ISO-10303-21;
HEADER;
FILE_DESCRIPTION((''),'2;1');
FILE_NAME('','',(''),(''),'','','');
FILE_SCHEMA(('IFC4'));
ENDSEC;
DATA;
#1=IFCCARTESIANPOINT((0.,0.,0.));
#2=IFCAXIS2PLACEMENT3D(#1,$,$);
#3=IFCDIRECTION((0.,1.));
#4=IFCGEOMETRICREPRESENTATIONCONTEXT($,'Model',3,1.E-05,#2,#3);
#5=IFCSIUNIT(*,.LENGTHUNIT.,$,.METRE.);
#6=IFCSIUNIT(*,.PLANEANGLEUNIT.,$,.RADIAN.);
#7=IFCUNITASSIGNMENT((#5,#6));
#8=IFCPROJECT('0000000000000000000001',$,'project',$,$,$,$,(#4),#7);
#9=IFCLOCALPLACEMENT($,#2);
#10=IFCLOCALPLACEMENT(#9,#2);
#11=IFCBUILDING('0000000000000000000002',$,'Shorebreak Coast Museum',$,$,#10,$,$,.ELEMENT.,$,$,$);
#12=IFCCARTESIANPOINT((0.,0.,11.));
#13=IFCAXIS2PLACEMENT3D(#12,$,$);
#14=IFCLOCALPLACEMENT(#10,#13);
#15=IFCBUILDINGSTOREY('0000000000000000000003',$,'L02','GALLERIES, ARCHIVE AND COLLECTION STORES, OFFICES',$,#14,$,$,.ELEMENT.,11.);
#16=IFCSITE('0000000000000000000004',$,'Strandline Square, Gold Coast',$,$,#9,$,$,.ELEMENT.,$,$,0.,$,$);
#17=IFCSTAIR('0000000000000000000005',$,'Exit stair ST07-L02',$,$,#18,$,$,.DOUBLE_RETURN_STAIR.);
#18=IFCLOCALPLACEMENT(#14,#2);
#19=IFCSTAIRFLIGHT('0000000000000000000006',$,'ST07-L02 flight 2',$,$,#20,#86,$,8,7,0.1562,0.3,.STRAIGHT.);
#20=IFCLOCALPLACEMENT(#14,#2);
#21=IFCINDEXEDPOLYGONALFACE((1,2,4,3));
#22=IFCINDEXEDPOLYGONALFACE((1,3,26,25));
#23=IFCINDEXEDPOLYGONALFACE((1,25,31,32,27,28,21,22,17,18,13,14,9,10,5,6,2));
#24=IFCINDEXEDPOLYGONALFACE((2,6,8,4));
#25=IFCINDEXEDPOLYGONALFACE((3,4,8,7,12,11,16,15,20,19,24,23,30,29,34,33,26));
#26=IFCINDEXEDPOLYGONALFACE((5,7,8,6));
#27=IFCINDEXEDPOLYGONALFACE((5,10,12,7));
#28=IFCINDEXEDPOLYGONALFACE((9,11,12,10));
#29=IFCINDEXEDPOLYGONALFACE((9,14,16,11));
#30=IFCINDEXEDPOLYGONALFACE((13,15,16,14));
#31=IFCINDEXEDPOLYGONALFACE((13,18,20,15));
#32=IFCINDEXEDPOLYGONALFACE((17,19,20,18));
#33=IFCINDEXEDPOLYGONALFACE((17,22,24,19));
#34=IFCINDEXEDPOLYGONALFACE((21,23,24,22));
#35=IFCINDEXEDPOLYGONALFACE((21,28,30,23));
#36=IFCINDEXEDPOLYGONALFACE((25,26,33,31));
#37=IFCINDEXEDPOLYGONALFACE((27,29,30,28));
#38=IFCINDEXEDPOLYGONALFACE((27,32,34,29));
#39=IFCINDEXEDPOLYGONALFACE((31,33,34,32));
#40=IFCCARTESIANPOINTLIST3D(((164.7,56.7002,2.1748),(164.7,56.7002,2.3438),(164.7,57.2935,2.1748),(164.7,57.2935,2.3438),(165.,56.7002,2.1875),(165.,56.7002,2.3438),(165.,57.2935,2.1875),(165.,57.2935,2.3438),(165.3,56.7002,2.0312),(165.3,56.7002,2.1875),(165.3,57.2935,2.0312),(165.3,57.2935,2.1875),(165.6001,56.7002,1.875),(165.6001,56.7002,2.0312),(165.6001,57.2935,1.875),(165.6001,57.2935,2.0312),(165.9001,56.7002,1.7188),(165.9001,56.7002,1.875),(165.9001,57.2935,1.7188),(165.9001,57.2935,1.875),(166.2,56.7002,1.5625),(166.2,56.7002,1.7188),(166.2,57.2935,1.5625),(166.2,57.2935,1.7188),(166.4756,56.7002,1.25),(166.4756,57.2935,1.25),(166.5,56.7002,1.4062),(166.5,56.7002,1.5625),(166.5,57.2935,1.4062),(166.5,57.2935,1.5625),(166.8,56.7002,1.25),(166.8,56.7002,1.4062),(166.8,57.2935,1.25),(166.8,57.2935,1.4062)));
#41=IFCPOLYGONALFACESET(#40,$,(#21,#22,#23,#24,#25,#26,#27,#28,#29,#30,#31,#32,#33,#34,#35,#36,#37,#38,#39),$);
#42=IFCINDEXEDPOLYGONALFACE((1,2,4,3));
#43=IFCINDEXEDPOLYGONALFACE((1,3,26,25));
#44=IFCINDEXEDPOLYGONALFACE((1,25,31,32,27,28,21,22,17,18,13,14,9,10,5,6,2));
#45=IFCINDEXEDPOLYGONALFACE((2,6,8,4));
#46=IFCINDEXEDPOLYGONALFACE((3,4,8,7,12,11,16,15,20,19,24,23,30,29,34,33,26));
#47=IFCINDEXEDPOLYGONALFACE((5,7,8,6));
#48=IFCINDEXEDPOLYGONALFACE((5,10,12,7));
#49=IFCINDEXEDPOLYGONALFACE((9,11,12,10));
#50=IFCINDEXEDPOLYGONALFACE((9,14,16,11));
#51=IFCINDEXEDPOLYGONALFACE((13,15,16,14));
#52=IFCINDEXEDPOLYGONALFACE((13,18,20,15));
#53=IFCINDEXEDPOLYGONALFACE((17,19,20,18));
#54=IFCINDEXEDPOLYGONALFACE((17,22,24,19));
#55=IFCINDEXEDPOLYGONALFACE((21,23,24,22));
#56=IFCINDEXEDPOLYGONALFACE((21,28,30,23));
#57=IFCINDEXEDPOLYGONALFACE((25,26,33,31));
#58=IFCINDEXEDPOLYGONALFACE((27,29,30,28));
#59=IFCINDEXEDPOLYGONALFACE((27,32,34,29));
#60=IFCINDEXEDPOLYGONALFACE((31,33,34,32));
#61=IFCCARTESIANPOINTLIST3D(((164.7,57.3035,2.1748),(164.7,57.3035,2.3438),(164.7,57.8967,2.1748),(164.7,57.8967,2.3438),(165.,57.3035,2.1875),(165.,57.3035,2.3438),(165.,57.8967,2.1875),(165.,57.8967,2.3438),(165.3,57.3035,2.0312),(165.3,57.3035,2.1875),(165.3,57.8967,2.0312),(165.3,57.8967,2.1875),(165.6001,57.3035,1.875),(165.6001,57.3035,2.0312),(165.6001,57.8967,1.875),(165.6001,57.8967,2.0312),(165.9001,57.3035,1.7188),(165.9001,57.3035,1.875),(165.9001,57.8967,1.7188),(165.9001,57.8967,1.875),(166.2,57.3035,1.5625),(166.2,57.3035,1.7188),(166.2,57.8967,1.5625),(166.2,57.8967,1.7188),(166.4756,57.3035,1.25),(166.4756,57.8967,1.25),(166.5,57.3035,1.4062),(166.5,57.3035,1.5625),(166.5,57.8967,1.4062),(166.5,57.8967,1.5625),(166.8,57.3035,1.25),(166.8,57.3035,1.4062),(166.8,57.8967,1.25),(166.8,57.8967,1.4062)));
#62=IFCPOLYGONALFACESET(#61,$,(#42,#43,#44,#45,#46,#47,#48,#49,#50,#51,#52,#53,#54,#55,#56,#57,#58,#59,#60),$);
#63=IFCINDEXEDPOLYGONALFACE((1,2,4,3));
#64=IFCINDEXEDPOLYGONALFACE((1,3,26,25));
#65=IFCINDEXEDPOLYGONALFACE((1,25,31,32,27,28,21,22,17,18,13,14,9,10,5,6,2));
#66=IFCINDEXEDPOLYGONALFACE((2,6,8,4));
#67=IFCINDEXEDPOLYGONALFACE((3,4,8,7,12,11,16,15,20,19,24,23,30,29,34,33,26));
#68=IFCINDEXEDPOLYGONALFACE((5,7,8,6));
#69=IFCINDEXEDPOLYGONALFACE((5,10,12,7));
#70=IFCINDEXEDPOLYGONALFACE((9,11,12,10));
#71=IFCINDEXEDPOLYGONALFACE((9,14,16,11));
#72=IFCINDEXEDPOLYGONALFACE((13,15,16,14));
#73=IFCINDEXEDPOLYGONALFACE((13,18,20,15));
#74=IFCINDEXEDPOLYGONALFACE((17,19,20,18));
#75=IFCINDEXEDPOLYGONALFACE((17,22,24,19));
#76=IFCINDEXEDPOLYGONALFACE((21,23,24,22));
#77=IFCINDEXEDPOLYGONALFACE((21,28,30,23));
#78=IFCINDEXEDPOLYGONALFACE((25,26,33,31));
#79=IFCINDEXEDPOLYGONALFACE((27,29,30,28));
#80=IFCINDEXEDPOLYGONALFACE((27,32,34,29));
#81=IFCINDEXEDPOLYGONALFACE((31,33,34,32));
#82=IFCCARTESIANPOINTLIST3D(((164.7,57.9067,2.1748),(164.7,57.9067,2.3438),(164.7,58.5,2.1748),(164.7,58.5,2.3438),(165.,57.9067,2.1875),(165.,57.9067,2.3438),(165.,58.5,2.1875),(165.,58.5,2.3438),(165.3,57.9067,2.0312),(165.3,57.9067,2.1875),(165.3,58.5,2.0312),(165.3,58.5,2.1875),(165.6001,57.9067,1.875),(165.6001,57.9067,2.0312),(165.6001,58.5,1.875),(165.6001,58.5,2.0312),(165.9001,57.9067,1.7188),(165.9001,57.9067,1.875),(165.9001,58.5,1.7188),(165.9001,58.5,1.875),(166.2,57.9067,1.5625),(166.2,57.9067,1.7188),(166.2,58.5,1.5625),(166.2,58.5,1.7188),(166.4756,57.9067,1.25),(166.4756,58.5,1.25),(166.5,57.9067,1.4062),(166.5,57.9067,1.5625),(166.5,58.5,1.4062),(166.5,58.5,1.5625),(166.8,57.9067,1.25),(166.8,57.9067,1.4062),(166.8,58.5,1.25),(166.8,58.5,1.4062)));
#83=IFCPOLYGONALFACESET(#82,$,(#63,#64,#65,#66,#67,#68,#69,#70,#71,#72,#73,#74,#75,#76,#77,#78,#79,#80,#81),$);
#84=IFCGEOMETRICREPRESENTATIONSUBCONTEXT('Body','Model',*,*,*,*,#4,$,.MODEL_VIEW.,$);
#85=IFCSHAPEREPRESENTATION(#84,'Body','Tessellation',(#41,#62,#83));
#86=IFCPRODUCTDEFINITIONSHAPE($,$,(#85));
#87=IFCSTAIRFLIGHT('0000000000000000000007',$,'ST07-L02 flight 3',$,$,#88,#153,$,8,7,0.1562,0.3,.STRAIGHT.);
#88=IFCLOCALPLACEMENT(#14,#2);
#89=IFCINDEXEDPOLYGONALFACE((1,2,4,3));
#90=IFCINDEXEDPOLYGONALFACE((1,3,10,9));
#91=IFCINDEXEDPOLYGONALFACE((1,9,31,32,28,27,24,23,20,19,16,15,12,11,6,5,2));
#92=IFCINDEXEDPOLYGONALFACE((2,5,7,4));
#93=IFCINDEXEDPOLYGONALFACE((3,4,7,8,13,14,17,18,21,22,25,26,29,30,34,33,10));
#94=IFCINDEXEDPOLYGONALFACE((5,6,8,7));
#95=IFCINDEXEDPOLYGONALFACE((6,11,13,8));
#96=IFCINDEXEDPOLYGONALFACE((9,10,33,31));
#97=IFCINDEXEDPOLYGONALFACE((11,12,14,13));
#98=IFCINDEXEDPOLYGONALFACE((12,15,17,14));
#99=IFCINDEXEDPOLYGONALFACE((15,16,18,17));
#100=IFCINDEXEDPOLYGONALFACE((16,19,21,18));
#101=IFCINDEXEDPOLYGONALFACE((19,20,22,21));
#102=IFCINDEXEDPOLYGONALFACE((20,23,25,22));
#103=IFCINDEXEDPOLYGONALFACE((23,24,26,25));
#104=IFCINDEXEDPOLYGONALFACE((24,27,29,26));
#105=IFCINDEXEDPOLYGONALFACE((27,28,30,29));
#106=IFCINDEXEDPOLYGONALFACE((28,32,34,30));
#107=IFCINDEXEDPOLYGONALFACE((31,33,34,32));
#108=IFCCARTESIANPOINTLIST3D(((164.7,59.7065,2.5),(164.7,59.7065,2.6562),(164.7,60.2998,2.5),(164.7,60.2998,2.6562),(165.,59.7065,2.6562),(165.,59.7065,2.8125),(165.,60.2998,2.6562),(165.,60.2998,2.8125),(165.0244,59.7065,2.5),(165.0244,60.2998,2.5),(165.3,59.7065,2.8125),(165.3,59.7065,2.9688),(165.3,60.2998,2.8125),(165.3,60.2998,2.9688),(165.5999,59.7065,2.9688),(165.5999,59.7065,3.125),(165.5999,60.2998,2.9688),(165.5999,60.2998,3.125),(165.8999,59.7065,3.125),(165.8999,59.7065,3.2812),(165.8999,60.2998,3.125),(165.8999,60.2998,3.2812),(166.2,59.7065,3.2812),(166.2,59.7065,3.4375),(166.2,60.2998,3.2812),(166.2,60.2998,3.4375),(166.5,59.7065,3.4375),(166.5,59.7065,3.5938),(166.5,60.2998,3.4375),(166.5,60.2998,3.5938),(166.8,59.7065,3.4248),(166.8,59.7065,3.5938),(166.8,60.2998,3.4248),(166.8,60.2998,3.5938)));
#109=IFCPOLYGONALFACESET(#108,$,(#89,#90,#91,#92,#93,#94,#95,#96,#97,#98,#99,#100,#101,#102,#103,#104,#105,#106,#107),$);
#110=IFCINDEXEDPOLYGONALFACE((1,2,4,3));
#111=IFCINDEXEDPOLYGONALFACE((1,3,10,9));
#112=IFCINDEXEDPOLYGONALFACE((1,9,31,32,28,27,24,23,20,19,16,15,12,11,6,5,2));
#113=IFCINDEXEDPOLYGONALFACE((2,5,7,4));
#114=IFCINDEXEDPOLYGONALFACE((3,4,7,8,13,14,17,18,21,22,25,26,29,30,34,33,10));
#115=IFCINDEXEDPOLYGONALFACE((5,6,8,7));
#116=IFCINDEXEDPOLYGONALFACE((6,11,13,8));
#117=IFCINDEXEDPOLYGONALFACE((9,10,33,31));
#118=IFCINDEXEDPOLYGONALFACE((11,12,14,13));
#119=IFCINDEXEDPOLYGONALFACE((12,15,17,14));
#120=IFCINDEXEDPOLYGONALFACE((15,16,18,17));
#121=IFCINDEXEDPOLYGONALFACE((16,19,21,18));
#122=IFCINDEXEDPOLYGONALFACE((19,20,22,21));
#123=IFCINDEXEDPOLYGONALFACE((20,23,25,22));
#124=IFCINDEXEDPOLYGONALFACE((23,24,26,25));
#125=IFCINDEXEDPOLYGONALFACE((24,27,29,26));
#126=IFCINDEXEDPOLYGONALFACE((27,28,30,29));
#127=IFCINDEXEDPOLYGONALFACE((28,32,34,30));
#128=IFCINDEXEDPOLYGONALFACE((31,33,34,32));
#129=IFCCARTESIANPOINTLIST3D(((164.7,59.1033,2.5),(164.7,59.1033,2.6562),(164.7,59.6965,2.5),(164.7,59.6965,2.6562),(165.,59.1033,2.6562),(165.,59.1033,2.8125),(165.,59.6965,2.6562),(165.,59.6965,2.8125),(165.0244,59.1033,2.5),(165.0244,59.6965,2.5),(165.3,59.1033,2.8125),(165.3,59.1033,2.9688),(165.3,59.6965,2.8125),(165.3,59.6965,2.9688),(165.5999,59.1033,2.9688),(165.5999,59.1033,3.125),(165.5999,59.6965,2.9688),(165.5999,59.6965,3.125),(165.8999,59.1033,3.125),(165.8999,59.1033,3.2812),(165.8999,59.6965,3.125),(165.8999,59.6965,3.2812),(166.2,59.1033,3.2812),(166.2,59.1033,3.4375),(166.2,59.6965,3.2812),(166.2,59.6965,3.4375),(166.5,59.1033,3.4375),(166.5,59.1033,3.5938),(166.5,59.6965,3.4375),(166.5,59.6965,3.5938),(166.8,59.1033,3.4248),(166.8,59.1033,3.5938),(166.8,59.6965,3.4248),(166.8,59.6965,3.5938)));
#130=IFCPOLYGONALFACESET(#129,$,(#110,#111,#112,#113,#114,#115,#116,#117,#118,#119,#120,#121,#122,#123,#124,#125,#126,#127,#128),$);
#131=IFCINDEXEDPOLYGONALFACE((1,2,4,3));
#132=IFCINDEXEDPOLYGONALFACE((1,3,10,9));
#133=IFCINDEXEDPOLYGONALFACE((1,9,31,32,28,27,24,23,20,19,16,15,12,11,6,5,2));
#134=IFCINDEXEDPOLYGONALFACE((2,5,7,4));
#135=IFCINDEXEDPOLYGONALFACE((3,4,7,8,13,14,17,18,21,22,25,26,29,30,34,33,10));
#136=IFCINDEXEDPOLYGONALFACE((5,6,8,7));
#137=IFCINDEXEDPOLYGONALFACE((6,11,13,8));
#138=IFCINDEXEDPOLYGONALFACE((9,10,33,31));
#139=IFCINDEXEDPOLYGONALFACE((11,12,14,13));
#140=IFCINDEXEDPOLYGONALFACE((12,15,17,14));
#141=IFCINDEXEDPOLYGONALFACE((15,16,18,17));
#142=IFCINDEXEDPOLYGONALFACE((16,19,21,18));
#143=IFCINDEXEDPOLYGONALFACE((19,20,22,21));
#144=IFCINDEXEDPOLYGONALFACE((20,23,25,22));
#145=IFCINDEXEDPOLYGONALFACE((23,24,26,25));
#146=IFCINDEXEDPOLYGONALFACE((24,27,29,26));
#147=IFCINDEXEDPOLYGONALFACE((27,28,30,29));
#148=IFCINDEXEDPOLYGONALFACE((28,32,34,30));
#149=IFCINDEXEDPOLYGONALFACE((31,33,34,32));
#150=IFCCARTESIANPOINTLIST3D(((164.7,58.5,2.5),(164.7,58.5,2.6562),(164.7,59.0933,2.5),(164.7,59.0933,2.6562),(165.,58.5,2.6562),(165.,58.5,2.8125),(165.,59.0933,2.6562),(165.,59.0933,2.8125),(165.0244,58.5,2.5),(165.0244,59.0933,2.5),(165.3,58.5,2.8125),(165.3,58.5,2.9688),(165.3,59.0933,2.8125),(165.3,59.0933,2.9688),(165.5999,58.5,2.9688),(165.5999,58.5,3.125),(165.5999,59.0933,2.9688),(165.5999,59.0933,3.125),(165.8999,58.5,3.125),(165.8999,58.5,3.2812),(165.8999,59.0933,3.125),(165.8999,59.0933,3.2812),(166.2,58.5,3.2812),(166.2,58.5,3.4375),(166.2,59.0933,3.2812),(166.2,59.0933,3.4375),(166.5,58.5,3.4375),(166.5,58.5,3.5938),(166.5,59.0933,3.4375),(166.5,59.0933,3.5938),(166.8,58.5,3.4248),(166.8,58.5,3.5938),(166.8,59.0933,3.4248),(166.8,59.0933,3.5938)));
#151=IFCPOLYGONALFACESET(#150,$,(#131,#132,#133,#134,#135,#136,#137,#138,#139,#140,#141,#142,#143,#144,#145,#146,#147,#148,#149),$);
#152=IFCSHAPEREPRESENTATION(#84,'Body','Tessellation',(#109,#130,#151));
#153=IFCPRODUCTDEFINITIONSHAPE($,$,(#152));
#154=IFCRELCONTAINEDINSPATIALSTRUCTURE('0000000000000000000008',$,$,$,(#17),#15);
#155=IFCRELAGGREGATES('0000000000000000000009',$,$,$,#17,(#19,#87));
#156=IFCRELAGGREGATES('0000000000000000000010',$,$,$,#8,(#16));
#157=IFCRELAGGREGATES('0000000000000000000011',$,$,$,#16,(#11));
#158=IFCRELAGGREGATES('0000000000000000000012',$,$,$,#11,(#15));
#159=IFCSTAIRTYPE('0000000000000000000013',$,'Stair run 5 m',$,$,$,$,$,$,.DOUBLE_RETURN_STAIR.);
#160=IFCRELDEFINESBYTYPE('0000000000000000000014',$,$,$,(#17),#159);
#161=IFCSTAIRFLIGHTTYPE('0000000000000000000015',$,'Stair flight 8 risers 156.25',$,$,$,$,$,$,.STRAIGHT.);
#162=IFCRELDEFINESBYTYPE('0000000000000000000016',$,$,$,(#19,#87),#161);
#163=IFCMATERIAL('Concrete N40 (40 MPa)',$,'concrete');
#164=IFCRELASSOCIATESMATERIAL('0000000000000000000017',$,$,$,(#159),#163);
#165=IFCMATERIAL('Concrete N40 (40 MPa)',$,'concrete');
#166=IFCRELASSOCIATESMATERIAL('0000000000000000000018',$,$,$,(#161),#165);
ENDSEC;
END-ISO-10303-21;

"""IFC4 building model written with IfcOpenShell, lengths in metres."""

from ifc_helpers import new_model, si_unit, direction, frame, origin, place, context, subcontext, project, spatial, polyline, outline, extrude, material, type_object, element, aggregate, save


model = new_model("IFC4")

# Units and contexts
model_context = context("Model", 3, precision=1e-05, world=origin(), true_north=direction((0.0, 1.0)))
body_context = subcontext(model_context, "Body", "Model", "MODEL_VIEW")
ifc_project = project(units=[si_unit("LENGTHUNIT", "METRE"), si_unit("PLANEANGLEUNIT", "RADIAN")], contexts=[model_context])

# Site, building, storey
site_placement = place(None, origin())
site = spatial("IfcSite", under=ifc_project, at=site_placement, Name="Strandline Square, Gold Coast", CompositionType="ELEMENT", RefElevation=0.0)
building_placement = place(site_placement, origin())
building = spatial("IfcBuilding", under=site, at=building_placement, Name="Shorebreak Coast Museum", CompositionType="ELEMENT")
storey_placement = place(building_placement, frame((0.0, 0.0, 11.0)))
storey = spatial("IfcBuildingStorey", under=building, at=storey_placement, Name="L02", Description="GALLERIES, ARCHIVE AND COLLECTION STORES, OFFICES", CompositionType="ELEMENT", Elevation=11.0)

# Stair, stair flights
ifc_material_1 = material(Name="Concrete N40 (40 MPa)", Category="concrete")
stair_type = type_object("IfcStairType", Name="Stair run 5 m", PredefinedType="DOUBLE_RETURN_STAIR", material=ifc_material_1)
stair_placement = place(storey_placement, origin())
stair = element("IfcStair", 1, at=stair_placement, inside=storey, type_object=stair_type, Name="Exit stair ST07-L02", PredefinedType="DOUBLE_RETURN_STAIR")
ifc_material_2 = material(Name="Concrete N40 (40 MPa)", Category="concrete")
stair_flight_type = type_object("IfcStairFlightType", Name="Stair flight 8 risers 156.25", PredefinedType="STRAIGHT", material=ifc_material_2)
stair_flight_1_placement = place(storey_placement, frame((166.8, 57.6001, 1.25), z_axis=(0.0, 0.0, 1.0), x_axis=(-1.0, 0.0, 0.0)))
stair_flight_1 = element("IfcStairFlight", 2, at=stair_flight_1_placement, type_object=stair_flight_type, Name="ST07-L02 flight 2", NumberOfRisers=8, NumberOfTreads=7, PredefinedType="STRAIGHT", RiserHeight=0.1562, TreadLength=0.3, context=body_context, shape_type="SweptSolid", body=[
    extrude(outline(polyline([(0.0, 0.0), (0.0, 0.1562), (0.3, 0.1562), (0.3, 0.3125), (0.6001, 0.3125), (0.6001, 0.4688), (0.8999, 0.4688), (0.8999, 0.625), (1.2, 0.625), (1.2, 0.7812), (1.5, 0.7812), (1.5, 0.9375), (1.8, 0.9375), (1.8, 1.0938), (2.1001, 1.0938), (2.1001, 1.25), (2.1001, 0.9248), (0.3245, 0.0), (0.0, 0.0)])), frame((0.0, 0.8999, 0.0), z_axis=(0.0, -1.0, 0.0), x_axis=(1.0, 0.0, 0.0)), (0.0, 0.0, 1.0), 0.5933),
    extrude(outline(polyline([(0.0, 0.0), (0.0, 0.1562), (0.3, 0.1562), (0.3, 0.3125), (0.6001, 0.3125), (0.6001, 0.4688), (0.8999, 0.4688), (0.8999, 0.625), (1.2, 0.625), (1.2, 0.7812), (1.5, 0.7812), (1.5, 0.9375), (1.8, 0.9375), (1.8, 1.0938), (2.1001, 1.0938), (2.1001, 1.25), (2.1001, 0.9248), (0.3245, 0.0), (0.0, 0.0)])), frame((0.0, 0.2966, 0.0), z_axis=(0.0, -1.0, 0.0), x_axis=(1.0, 0.0, 0.0)), (0.0, 0.0, 1.0), 0.5933),
    extrude(outline(polyline([(0.0, 0.0), (0.0, 0.1562), (0.3, 0.1562), (0.3, 0.3125), (0.6001, 0.3125), (0.6001, 0.4688), (0.8999, 0.4688), (0.8999, 0.625), (1.2, 0.625), (1.2, 0.7812), (1.5, 0.7812), (1.5, 0.9375), (1.8, 0.9375), (1.8, 1.0938), (2.1001, 1.0938), (2.1001, 1.25), (2.1001, 0.9248), (0.3245, 0.0), (0.0, 0.0)])), frame((0.0, -0.3066, 0.0), z_axis=(0.0, -1.0, 0.0), x_axis=(1.0, 0.0, 0.0)), (0.0, 0.0, 1.0), 0.5933),
])
stair_flight_2_placement = place(storey_placement, frame((164.7, 59.3999, 2.5), z_axis=(0.0, 0.0, 1.0), x_axis=(1.0, 0.0, 0.0)))
stair_flight_2 = element("IfcStairFlight", 3, at=stair_flight_2_placement, type_object=stair_flight_type, Name="ST07-L02 flight 3", NumberOfRisers=8, NumberOfTreads=7, PredefinedType="STRAIGHT", RiserHeight=0.1562, TreadLength=0.3, context=body_context, shape_type="SweptSolid", body=[
    extrude(outline(polyline([(0.0, 0.0), (0.0, 0.1562), (0.3, 0.1562), (0.3, 0.3125), (0.6001, 0.3125), (0.6001, 0.4688), (0.8999, 0.4688), (0.8999, 0.625), (1.2, 0.625), (1.2, 0.7812), (1.5, 0.7812), (1.5, 0.9375), (1.8, 0.9375), (1.8, 1.0938), (2.1001, 1.0938), (2.1001, 1.25), (2.1001, 0.9248), (0.3245, 0.0), (0.0, 0.0)])), frame((0.0, 0.8999, 0.0), z_axis=(0.0, -1.0, 0.0), x_axis=(1.0, 0.0, 0.0)), (0.0, 0.0, 1.0), 0.5933),
    extrude(outline(polyline([(0.0, 0.0), (0.0, 0.1562), (0.3, 0.1562), (0.3, 0.3125), (0.6001, 0.3125), (0.6001, 0.4688), (0.8999, 0.4688), (0.8999, 0.625), (1.2, 0.625), (1.2, 0.7812), (1.5, 0.7812), (1.5, 0.9375), (1.8, 0.9375), (1.8, 1.0938), (2.1001, 1.0938), (2.1001, 1.25), (2.1001, 0.9248), (0.3245, 0.0), (0.0, 0.0)])), frame((0.0, 0.2966, 0.0), z_axis=(0.0, -1.0, 0.0), x_axis=(1.0, 0.0, 0.0)), (0.0, 0.0, 1.0), 0.5933),
    extrude(outline(polyline([(0.0, 0.0), (0.0, 0.1562), (0.3, 0.1562), (0.3, 0.3125), (0.6001, 0.3125), (0.6001, 0.4688), (0.8999, 0.4688), (0.8999, 0.625), (1.2, 0.625), (1.2, 0.7812), (1.5, 0.7812), (1.5, 0.9375), (1.8, 0.9375), (1.8, 1.0938), (2.1001, 1.0938), (2.1001, 1.25), (2.1001, 0.9248), (0.3245, 0.0), (0.0, 0.0)])), frame((0.0, -0.3066, 0.0), z_axis=(0.0, -1.0, 0.0), x_axis=(1.0, 0.0, 0.0)), (0.0, 0.0, 1.0), 0.5933),
])
aggregate(stair, [stair_flight_1, stair_flight_2])

save(model, "model.ifc")
